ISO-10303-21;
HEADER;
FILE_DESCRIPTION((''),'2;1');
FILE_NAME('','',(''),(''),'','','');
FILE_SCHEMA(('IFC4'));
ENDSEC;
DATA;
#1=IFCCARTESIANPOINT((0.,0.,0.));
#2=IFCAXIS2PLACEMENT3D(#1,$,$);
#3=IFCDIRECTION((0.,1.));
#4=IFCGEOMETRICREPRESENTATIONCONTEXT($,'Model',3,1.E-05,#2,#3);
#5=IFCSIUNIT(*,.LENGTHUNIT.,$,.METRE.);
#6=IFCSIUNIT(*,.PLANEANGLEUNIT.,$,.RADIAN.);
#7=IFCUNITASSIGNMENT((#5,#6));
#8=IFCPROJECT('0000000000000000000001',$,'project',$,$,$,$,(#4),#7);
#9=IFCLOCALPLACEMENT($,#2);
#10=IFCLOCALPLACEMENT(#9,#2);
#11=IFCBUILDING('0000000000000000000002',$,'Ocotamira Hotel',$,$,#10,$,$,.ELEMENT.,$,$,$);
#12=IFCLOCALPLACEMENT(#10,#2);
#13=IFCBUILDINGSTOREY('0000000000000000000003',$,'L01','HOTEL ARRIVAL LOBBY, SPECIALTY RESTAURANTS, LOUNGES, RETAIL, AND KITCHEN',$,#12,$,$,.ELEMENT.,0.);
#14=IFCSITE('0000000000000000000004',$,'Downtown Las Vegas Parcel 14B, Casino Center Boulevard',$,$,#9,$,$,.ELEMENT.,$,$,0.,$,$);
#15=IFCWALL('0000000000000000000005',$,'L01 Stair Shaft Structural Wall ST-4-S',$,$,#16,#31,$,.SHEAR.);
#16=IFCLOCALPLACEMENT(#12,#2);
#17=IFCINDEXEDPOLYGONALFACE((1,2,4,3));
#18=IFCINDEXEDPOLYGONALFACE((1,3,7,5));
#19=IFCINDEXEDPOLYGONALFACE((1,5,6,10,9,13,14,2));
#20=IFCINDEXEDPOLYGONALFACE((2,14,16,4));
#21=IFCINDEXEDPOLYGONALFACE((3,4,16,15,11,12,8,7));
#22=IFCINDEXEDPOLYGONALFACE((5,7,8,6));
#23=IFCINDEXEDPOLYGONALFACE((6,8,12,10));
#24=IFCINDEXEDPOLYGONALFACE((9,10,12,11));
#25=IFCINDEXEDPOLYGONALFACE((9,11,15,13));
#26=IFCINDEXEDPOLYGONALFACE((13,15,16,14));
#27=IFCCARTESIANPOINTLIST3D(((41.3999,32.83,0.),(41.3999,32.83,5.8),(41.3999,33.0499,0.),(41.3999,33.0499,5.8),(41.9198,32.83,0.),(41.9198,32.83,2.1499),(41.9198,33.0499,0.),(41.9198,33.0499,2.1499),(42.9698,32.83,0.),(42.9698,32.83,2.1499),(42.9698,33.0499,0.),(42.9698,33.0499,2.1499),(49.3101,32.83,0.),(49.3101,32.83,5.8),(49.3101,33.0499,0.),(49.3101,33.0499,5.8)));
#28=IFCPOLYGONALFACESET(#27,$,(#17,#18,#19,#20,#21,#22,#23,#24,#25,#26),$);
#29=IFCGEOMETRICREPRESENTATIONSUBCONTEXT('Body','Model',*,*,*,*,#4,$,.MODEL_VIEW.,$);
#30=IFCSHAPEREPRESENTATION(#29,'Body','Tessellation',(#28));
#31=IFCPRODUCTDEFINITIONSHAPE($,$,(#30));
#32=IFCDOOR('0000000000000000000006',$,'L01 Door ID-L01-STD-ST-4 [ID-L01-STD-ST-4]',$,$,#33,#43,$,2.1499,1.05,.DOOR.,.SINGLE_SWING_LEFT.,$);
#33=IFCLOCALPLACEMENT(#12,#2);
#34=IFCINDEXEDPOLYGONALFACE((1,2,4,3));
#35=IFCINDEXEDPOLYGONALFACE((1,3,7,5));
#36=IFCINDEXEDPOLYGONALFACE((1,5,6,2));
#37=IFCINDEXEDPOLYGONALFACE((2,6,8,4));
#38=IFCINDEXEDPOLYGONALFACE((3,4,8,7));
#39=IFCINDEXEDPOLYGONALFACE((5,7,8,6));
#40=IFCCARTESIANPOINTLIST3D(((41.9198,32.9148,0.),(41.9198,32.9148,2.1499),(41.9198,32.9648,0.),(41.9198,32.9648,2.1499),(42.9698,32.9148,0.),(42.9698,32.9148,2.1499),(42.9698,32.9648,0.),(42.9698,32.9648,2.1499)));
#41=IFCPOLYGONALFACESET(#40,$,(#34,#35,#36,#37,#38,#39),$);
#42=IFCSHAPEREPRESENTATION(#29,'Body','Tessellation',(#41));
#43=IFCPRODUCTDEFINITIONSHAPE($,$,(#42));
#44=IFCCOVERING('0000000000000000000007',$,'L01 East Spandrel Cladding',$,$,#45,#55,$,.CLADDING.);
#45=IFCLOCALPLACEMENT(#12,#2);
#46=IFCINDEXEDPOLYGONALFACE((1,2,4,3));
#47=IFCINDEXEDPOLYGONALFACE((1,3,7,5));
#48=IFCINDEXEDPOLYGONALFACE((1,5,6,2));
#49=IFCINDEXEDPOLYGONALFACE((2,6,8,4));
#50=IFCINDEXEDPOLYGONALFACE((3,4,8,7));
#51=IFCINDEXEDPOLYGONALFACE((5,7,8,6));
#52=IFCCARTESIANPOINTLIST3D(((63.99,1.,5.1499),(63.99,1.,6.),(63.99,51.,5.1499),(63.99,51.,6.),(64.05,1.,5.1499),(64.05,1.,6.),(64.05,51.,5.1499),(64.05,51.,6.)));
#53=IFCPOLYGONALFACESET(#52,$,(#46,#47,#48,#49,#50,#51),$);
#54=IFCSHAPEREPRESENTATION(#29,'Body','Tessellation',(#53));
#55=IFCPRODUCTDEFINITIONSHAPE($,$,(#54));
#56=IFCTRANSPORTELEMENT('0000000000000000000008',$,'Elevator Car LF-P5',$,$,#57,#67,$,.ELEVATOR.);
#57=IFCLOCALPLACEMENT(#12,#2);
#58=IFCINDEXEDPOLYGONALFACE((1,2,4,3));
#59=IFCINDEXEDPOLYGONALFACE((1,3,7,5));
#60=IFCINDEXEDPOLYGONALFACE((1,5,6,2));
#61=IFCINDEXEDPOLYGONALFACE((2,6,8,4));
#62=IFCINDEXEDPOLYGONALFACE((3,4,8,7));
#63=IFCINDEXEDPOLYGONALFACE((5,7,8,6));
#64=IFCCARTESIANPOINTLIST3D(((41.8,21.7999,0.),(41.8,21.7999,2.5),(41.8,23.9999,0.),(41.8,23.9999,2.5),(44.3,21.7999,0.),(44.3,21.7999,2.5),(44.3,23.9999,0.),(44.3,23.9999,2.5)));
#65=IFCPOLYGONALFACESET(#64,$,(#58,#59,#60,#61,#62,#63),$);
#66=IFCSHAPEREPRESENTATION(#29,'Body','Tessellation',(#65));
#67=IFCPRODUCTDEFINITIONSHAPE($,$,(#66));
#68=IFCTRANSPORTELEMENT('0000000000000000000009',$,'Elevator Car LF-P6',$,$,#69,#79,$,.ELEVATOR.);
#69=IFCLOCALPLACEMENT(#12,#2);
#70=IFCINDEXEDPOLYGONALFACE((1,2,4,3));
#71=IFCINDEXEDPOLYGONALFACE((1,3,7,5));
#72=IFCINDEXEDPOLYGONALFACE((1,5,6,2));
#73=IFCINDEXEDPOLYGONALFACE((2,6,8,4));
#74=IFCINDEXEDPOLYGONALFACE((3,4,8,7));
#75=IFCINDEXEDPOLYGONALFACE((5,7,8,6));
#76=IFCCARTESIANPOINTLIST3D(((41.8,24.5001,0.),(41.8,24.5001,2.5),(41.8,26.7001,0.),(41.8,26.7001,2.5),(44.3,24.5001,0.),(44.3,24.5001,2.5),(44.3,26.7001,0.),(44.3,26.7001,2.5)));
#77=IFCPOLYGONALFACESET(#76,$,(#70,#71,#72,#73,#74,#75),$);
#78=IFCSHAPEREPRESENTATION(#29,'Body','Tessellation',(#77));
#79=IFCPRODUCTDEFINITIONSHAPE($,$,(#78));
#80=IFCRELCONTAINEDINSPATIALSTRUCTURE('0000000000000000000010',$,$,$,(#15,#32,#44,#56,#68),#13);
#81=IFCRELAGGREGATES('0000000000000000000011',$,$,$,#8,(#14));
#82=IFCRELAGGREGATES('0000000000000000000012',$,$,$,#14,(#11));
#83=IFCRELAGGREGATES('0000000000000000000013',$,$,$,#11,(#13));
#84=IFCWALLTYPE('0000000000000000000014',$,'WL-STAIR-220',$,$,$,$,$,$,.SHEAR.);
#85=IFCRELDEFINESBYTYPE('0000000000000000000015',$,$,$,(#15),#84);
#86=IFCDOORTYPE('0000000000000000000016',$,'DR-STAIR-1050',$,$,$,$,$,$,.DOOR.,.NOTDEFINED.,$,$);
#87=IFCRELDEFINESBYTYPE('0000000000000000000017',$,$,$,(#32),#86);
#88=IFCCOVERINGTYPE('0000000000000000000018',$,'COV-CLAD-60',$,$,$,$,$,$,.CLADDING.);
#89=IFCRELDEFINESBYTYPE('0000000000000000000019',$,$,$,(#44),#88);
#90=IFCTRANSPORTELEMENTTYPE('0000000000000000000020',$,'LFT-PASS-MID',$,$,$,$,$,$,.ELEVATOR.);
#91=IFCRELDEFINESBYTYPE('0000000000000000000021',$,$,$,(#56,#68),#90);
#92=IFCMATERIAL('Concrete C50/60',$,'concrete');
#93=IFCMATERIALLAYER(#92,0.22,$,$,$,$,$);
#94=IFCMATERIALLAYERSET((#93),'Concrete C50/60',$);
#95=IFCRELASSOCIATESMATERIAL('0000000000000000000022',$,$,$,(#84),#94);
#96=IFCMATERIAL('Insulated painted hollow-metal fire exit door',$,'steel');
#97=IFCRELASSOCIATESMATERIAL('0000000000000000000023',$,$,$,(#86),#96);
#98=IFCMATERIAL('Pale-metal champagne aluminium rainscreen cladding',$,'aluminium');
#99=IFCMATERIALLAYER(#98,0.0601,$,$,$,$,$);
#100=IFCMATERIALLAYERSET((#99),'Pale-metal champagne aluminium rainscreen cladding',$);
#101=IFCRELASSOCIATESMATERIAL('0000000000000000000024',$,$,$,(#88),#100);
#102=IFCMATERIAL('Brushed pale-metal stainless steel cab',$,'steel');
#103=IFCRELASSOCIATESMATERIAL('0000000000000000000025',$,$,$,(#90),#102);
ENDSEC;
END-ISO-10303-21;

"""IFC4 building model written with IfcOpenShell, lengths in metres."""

from ifc_helpers import new_model, si_unit, direction, frame, frame_2d, origin, origin_2d, place, context, subcontext, project, spatial, rectangle, extrude, source, transform, mapped, material, layer, layer_set, type_object, element, fill, save


model = new_model("IFC4")

# Units and contexts
model_context = context("Model", 3, precision=1e-05, world=origin(), true_north=direction((0.0, 1.0)))
body_context = subcontext(model_context, "Body", "Model", "MODEL_VIEW")
ifc_project = project(units=[si_unit("LENGTHUNIT", "METRE"), si_unit("PLANEANGLEUNIT", "RADIAN")], contexts=[model_context])

# Site, building, storey
site_placement = place(None, origin())
site = spatial("IfcSite", under=ifc_project, at=site_placement, Name="Downtown Las Vegas Parcel 14B, Casino Center Boulevard", CompositionType="ELEMENT", RefElevation=0.0)
building_placement = place(site_placement, origin())
building = spatial("IfcBuilding", under=site, at=building_placement, Name="Ocotamira Hotel", CompositionType="ELEMENT")
storey_placement = place(building_placement, origin())
storey = spatial("IfcBuildingStorey", under=building, at=storey_placement, Name="L01", Description="HOTEL ARRIVAL LOBBY, SPECIALTY RESTAURANTS, LOUNGES, RETAIL, AND KITCHEN", CompositionType="ELEMENT", Elevation=0.0)

# Wall, opening, door
ifc_material_1 = material(Name="Concrete C50/60", Category="concrete")
ifc_layer_1 = layer(ifc_material_1, 0.22)
ifc_layer_set_1 = layer_set([ifc_layer_1], Name="Concrete C50/60")
wall_type_1 = type_object("IfcWallType", Name="WL-STAIR-220", PredefinedType="SHEAR", material=ifc_layer_set_1)
wall_1_placement = place(storey_placement, frame((41.3999, 32.9399, 0.0), z_axis=(0.0, 0.0, 1.0), x_axis=(1.0, 0.0, 0.0)))
wall_1 = element("IfcWall", 1, at=wall_1_placement, inside=storey, type_object=wall_type_1, Name="L01 Stair Shaft Structural Wall ST-4-S", PredefinedType="SHEAR", context=body_context, shape_type="SweptSolid", body=[
    extrude(rectangle(XDim=7.9102, YDim=0.22, at=frame_2d((3.9551, 0.0))), origin(), (0.0, 0.0, 1.0), 5.8),
])
opening_1_placement = place(wall_1_placement, frame((0.52, 0.0, 0.0)))
opening_1 = element("IfcOpeningElement", 2, at=opening_1_placement, cuts=wall_1, PredefinedType="OPENING", context=body_context, shape_type="SweptSolid", body=[
    extrude(rectangle(XDim=1.05, YDim=2.1499, at=frame_2d((0.5249, 1.075))), frame((0.0, 0.1201, 0.0), z_axis=(0.0, -1.0, 0.0), x_axis=(1.0, 0.0, 0.0)), (0.0, 0.0, 1.0), 0.24),
])
ifc_material_2 = material(Name="Insulated painted hollow-metal fire exit door", Category="steel")
door_type_1 = type_object("IfcDoorType", Name="DR-STAIR-1050", OperationType="NOTDEFINED", PredefinedType="DOOR", material=ifc_material_2)
shared_shape_1 = source(origin(), body_context, "Body", "SweptSolid", [
    extrude(rectangle(XDim=1.05, YDim=2.1499, at=frame_2d((0.5249, 1.075))), frame((0.0, 0.0249, 0.0), z_axis=(0.0, -1.0, 0.0), x_axis=(1.0, 0.0, 0.0)), (0.0, 0.0, 1.0), 0.05),
])
door_1_placement = place(opening_1_placement, origin())
door_1 = element("IfcDoor", 3, at=door_1_placement, inside=storey, type_object=door_type_1, Name="L01 Door ID-L01-STD-ST-4 [ID-L01-STD-ST-4]", OperationType="SINGLE_SWING_LEFT", OverallHeight=2.1499, OverallWidth=1.05, PredefinedType="DOOR", context=body_context, shape_type="MappedRepresentation", body=[
    mapped(shared_shape_1, transform((0.0, 0.0, 0.0), scale=1.0)),
])
fill(opening_1, door_1)

# Covering
ifc_material_3 = material(Name="Pale-metal champagne aluminium rainscreen cladding", Category="aluminium")
ifc_layer_2 = layer(ifc_material_3, 0.0601)
ifc_layer_set_2 = layer_set([ifc_layer_2], Name="Pale-metal champagne aluminium rainscreen cladding")
covering_type = type_object("IfcCoveringType", Name="COV-CLAD-60", PredefinedType="CLADDING", material=ifc_layer_set_2)
shared_shape_2 = source(origin(), body_context, "Body", "SweptSolid", [
    extrude(rectangle(XDim=0.0601, YDim=50.0, at=origin_2d()), origin(), (0.0, 0.0, 1.0), 0.8501),
])
covering_placement = place(storey_placement, frame((64.02, 26.0, 5.1499), z_axis=(0.0, 0.0, 1.0), x_axis=(1.0, 0.0, 0.0)))
element("IfcCovering", 4, at=covering_placement, inside=storey, type_object=covering_type, Name="L01 East Spandrel Cladding", PredefinedType="CLADDING", context=body_context, shape_type="MappedRepresentation", body=[
    mapped(shared_shape_2, transform((0.0, 0.0, 0.0), scale=1.0)),
])

# Transport elements
ifc_material_4 = material(Name="Brushed pale-metal stainless steel cab", Category="steel")
transport_element_type = type_object("IfcTransportElementType", Name="LFT-PASS-MID", PredefinedType="ELEVATOR", material=ifc_material_4)
shared_shape_3 = source(origin(), body_context, "Body", "SweptSolid", [
    extrude(rectangle(XDim=2.5, YDim=2.2, at=origin_2d()), origin(), (0.0, 0.0, 1.0), 2.5),
])
for number, where, z_axis, x_axis, name in (
    (5, (43.05, 22.8999, 0.0), (0.0, 0.0, 1.0), (1.0, 0.0, 0.0), "Elevator Car LF-P5"),
    (6, (43.05, 25.6001, 0.0), (0.0, 0.0, 1.0), (1.0, 0.0, 0.0), "Elevator Car LF-P6"),
):
    element("IfcTransportElement", number, at=place(storey_placement, frame(where, z_axis=z_axis, x_axis=x_axis)), inside=storey, type_object=transport_element_type, Name=name, PredefinedType="ELEVATOR", context=body_context, shape_type="MappedRepresentation", body=[
        mapped(shared_shape_3, transform((0.0, 0.0, 0.0), scale=1.0)),
    ])

save(model, "model.ifc")
